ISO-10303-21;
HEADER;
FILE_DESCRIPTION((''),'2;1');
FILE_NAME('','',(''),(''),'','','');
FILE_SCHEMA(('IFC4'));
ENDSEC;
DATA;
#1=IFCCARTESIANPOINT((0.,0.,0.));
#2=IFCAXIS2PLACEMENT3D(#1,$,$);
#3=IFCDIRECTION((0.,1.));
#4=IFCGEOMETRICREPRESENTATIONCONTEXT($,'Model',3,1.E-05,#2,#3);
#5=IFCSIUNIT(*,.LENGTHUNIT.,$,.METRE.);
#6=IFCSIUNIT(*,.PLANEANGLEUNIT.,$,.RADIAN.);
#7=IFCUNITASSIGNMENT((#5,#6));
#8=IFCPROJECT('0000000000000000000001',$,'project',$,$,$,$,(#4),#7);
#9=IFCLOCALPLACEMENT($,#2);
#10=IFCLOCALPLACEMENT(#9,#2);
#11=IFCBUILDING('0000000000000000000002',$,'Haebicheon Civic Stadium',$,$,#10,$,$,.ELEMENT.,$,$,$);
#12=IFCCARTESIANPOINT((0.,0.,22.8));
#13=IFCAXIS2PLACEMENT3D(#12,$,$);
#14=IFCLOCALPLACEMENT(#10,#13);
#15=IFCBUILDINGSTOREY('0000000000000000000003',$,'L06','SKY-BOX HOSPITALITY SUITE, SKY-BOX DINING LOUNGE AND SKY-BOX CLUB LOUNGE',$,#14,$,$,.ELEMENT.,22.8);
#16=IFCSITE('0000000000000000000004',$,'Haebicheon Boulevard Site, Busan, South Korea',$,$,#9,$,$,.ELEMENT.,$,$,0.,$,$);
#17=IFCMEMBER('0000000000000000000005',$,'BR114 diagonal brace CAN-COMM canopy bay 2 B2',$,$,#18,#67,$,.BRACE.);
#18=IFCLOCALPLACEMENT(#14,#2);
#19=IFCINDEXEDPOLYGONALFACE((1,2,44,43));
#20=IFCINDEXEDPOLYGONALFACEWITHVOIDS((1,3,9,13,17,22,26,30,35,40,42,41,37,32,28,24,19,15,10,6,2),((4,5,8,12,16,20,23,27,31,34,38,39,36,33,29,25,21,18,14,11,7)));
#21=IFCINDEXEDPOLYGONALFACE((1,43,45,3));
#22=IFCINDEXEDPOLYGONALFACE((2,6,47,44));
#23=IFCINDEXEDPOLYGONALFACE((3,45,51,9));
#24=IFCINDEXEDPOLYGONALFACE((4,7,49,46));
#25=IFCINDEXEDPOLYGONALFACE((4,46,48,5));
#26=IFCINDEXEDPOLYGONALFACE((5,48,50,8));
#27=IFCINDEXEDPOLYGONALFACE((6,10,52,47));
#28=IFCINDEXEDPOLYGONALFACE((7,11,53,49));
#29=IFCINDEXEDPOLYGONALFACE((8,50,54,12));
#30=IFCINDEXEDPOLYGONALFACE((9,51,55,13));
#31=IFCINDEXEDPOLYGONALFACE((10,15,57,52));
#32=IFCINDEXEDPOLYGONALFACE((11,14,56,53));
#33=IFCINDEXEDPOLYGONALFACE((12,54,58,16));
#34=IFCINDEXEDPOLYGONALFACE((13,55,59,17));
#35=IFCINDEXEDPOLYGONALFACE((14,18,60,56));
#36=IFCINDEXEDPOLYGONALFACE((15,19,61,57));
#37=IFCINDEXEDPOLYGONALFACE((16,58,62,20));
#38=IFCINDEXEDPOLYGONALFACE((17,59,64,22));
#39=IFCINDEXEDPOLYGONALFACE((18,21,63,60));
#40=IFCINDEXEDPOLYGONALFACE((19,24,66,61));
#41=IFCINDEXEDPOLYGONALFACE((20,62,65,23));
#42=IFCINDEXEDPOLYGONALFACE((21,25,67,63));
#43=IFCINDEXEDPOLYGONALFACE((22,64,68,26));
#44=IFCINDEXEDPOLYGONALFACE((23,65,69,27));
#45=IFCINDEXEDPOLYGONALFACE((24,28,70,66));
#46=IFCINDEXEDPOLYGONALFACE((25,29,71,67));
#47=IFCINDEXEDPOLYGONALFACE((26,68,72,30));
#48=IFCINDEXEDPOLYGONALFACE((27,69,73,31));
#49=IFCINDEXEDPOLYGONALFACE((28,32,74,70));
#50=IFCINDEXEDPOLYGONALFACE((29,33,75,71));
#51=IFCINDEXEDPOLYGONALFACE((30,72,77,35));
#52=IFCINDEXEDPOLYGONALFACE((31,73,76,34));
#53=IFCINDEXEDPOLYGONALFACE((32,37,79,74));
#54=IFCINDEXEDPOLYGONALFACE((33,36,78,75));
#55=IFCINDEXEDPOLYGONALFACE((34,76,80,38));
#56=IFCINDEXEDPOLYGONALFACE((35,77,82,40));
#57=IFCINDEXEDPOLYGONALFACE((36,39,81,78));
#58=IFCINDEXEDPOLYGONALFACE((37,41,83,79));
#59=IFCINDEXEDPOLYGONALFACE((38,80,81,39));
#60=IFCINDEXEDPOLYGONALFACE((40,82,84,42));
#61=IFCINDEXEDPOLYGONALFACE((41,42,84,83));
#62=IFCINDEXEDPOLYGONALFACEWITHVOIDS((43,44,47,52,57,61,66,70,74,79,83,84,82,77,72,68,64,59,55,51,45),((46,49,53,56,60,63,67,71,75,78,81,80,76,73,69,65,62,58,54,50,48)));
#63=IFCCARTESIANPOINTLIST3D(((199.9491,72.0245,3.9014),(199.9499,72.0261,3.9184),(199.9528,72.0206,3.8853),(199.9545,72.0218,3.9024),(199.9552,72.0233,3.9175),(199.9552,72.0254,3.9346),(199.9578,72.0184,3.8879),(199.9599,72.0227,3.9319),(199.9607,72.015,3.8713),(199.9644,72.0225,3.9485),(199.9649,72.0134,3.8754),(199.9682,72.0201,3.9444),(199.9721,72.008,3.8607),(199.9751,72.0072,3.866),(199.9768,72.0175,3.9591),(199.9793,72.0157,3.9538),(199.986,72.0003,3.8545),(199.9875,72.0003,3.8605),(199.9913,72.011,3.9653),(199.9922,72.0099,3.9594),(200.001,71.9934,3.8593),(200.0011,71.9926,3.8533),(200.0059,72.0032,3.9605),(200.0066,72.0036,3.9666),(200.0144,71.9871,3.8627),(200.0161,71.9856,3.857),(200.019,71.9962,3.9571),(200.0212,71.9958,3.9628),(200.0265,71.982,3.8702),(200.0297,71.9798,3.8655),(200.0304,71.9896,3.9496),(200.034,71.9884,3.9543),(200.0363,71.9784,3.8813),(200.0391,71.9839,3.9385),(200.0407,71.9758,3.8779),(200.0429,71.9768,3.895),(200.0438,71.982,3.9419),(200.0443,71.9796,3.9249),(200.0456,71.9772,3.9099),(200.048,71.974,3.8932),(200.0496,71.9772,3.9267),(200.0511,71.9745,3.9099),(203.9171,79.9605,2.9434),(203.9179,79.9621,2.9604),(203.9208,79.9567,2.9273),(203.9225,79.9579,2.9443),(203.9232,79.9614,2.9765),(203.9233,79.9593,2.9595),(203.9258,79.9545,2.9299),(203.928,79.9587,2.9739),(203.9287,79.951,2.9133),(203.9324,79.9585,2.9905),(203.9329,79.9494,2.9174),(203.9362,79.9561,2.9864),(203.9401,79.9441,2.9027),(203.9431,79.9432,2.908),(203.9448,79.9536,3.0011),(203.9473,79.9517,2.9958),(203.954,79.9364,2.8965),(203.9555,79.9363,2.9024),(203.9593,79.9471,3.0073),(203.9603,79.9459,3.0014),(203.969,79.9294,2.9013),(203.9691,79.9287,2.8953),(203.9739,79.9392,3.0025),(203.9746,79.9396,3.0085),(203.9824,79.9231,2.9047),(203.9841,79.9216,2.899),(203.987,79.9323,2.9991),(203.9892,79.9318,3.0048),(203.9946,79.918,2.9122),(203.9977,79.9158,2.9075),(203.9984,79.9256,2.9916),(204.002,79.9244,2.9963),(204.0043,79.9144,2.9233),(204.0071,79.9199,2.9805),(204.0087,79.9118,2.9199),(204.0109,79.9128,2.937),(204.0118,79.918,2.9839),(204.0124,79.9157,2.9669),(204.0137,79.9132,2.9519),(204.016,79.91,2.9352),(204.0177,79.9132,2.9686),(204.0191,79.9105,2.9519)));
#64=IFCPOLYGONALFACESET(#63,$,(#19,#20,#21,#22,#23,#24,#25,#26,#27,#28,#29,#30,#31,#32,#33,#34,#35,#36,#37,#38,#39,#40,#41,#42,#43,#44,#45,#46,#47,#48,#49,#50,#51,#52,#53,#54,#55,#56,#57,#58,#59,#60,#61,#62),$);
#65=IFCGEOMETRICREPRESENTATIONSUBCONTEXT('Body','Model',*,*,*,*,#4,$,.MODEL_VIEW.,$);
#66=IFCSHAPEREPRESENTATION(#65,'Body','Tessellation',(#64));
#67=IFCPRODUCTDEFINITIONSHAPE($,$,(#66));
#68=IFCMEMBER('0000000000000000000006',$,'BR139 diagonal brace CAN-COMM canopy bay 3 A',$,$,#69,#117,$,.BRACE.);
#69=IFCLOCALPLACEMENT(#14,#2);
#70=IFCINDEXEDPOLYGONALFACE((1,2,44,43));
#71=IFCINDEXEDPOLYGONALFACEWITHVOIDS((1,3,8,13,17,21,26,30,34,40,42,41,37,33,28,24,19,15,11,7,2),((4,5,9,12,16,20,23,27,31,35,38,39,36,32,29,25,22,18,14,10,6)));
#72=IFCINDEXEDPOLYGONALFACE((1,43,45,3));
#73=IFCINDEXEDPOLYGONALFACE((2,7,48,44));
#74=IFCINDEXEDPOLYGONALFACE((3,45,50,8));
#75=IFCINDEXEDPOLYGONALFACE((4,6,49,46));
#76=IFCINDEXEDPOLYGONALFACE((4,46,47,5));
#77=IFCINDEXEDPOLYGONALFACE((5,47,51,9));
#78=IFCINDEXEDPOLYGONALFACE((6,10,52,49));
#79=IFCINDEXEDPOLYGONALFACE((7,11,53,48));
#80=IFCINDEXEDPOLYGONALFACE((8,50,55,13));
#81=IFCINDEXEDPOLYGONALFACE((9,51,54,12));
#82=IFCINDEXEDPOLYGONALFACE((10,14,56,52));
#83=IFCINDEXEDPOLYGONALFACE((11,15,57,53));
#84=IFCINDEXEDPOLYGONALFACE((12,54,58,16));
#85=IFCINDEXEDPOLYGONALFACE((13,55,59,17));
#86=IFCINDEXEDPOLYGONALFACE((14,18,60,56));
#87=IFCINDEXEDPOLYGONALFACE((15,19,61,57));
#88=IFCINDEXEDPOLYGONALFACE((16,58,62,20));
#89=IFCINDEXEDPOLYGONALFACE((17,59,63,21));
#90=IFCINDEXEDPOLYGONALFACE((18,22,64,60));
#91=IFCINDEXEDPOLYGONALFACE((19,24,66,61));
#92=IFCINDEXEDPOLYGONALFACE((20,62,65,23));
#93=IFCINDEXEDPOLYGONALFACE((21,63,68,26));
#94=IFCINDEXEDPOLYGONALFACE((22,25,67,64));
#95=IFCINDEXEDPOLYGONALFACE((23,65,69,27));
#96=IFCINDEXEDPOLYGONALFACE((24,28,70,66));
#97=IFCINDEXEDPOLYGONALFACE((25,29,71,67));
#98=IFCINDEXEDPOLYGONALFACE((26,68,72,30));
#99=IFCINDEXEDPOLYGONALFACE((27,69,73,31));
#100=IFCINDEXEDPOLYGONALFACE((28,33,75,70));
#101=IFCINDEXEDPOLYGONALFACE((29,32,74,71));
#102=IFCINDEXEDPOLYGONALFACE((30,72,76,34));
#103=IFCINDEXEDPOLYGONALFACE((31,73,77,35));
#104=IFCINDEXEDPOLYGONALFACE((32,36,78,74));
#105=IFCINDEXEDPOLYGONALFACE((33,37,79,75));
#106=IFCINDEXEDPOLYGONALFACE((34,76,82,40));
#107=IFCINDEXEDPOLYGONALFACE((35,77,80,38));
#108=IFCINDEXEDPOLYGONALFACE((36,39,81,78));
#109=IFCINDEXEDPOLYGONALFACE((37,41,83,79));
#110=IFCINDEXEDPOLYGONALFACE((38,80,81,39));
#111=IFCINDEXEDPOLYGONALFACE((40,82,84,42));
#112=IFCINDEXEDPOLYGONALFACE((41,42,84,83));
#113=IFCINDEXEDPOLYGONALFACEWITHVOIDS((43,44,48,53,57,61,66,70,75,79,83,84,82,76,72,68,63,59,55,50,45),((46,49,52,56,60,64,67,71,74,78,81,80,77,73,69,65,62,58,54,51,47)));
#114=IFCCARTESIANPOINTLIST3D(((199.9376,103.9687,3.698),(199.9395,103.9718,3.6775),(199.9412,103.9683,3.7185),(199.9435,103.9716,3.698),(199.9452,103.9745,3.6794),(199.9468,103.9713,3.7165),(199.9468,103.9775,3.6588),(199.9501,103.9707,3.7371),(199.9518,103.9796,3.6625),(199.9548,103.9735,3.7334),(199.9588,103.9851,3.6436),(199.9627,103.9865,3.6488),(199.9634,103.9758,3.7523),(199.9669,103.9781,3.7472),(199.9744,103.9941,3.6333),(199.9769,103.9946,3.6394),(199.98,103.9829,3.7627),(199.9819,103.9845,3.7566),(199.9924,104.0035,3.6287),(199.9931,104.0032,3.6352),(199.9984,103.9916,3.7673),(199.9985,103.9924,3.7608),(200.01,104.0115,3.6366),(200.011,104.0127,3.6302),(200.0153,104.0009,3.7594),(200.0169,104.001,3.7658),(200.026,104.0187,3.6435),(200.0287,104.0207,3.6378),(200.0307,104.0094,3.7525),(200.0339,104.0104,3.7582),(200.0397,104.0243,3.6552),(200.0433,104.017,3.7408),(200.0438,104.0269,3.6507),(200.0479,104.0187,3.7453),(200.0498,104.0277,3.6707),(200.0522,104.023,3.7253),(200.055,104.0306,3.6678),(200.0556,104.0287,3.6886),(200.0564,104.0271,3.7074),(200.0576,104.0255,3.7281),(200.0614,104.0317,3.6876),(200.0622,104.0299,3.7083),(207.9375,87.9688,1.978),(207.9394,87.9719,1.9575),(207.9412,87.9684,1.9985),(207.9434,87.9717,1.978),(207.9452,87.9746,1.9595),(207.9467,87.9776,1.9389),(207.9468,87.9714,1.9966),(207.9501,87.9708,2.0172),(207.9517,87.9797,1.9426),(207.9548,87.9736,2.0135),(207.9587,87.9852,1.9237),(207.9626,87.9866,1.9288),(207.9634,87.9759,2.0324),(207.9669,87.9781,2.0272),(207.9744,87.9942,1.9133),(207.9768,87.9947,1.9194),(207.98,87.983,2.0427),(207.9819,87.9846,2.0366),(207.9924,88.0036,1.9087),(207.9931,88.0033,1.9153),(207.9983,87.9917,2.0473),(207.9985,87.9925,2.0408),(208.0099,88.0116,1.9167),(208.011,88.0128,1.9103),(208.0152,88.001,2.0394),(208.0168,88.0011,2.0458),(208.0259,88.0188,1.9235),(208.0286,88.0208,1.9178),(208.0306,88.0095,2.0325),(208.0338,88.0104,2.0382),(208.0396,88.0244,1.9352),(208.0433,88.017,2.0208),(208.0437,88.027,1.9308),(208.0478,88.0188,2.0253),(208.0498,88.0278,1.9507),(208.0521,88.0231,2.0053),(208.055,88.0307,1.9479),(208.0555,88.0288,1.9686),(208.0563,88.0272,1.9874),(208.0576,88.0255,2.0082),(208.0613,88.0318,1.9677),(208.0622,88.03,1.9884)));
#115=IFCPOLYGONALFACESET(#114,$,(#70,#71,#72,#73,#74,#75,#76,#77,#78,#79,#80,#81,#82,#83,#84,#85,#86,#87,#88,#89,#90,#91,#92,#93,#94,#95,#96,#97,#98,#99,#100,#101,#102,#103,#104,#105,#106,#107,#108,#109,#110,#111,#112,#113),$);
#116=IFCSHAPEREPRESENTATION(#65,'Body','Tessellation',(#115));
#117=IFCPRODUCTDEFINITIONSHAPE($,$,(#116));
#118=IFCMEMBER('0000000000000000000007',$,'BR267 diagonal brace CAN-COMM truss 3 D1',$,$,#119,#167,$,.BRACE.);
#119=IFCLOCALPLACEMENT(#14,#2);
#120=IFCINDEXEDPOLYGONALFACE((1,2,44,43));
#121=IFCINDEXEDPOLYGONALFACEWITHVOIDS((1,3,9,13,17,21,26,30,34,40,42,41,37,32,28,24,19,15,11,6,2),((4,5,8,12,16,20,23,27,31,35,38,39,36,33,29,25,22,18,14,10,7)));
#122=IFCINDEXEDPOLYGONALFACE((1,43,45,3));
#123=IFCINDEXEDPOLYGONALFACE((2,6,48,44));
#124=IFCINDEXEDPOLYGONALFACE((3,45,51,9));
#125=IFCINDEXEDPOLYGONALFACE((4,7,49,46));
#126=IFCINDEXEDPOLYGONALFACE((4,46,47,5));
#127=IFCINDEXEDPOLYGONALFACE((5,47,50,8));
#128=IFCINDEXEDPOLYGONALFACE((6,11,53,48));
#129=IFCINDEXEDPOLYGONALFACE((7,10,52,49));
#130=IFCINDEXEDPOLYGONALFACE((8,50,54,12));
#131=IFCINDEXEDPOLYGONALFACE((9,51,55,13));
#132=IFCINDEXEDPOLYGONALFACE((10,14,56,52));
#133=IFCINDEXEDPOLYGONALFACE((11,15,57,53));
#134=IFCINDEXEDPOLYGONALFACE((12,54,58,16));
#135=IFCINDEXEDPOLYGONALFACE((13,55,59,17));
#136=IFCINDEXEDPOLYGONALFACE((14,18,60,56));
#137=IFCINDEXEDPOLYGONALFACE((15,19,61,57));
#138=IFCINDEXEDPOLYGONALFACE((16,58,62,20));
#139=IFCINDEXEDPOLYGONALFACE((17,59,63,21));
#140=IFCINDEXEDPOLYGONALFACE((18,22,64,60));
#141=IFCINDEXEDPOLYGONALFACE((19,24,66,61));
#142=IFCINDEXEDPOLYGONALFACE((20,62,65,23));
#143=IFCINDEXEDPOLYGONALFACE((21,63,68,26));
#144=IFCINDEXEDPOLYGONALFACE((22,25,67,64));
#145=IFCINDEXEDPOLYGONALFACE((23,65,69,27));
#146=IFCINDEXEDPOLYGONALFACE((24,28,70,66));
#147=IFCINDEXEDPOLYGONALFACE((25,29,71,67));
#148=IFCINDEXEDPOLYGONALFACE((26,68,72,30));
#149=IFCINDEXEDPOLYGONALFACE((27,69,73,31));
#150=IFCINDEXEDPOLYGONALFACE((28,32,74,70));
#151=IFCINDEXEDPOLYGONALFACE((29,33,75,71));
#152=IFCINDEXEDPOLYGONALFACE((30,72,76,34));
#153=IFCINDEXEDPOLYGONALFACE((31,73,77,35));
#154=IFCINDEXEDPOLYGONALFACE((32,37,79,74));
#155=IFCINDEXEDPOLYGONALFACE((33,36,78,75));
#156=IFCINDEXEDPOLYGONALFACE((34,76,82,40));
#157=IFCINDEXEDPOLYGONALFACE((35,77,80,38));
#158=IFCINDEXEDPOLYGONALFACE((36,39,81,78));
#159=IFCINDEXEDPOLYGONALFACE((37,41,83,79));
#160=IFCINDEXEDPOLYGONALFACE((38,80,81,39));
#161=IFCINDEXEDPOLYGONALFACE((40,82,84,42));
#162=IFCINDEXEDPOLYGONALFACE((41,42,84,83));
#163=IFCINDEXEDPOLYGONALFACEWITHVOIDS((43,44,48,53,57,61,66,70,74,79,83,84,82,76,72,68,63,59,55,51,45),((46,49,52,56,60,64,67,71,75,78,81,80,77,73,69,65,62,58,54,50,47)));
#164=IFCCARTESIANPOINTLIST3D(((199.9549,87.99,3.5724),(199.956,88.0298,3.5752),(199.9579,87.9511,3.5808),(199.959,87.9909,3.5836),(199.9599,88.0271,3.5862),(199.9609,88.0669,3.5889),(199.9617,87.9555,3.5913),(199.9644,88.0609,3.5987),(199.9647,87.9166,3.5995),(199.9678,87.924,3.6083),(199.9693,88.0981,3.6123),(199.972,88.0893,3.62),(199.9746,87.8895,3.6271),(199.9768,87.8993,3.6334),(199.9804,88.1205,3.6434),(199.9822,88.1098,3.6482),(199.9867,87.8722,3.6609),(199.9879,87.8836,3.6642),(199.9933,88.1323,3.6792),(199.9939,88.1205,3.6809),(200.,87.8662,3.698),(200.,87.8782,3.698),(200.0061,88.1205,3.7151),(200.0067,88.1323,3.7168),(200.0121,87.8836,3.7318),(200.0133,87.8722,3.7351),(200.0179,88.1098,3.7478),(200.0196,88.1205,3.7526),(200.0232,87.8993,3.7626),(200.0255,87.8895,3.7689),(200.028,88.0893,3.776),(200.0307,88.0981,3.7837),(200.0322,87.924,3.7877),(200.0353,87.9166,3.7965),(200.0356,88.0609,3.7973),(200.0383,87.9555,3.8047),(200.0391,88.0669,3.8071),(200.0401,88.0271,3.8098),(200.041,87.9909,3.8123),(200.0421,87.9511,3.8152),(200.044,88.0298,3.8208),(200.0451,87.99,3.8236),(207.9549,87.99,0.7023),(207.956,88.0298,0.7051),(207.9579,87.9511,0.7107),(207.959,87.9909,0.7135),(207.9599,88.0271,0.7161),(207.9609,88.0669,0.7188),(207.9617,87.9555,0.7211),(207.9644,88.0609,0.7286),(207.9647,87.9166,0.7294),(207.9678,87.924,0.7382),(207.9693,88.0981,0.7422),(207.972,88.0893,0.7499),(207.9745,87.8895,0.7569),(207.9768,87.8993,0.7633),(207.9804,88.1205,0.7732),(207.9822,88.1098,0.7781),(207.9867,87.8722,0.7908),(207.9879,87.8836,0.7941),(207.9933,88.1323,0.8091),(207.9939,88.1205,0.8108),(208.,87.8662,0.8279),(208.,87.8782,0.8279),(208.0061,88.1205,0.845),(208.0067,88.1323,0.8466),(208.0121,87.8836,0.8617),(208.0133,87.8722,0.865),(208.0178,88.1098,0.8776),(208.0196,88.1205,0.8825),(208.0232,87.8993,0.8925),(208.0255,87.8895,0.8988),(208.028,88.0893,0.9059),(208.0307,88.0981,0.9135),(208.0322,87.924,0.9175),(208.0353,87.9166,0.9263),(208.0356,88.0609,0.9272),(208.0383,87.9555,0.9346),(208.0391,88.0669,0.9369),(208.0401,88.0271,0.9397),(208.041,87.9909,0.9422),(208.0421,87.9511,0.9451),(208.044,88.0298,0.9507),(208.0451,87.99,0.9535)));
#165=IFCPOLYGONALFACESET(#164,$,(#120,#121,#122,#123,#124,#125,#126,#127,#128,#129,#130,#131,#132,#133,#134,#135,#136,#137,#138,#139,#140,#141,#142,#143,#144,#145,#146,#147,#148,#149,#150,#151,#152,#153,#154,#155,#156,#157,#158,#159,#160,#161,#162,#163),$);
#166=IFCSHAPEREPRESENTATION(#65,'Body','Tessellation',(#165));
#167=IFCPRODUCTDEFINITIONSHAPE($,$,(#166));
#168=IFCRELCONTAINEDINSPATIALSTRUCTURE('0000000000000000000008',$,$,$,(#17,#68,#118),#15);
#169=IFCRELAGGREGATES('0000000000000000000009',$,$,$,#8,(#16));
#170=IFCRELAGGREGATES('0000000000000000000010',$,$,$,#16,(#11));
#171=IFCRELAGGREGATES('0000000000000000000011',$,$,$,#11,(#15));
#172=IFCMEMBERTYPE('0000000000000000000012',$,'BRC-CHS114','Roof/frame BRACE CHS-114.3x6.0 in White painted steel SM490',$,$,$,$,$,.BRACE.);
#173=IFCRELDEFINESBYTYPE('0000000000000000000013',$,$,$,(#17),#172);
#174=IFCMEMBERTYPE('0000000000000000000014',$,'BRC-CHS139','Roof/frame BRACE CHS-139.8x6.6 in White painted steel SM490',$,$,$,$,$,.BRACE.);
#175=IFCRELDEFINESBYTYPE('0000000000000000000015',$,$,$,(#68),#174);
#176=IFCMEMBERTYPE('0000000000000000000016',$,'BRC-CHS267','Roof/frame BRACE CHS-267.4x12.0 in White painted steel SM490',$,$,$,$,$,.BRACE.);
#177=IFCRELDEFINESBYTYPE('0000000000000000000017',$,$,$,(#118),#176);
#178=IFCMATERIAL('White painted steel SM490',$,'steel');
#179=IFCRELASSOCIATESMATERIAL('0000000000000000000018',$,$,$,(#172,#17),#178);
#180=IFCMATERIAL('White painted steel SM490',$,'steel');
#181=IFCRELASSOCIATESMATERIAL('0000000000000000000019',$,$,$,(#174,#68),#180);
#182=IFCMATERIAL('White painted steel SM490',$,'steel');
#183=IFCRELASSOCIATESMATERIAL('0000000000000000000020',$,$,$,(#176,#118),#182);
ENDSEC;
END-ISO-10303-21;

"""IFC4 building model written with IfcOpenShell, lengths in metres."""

from ifc_helpers import new_model, si_unit, direction, frame, origin, origin_2d, place, context, subcontext, project, spatial, hollow_circle, extrude, material, material_profile, profile_set, type_object, element, save


model = new_model("IFC4")

# Units and contexts
model_context = context("Model", 3, precision=1e-05, world=origin(), true_north=direction((0.0, 1.0)))
body_context = subcontext(model_context, "Body", "Model", "MODEL_VIEW")
ifc_project = project(units=[si_unit("LENGTHUNIT", "METRE"), si_unit("PLANEANGLEUNIT", "RADIAN")], contexts=[model_context])

# Site, building, storey
site_placement = place(None, origin())
site = spatial("IfcSite", under=ifc_project, at=site_placement, Name="Haebicheon Boulevard Site, Busan, South Korea", CompositionType="ELEMENT", RefElevation=0.0)
building_placement = place(site_placement, origin())
building = spatial("IfcBuilding", under=site, at=building_placement, Name="Haebicheon Civic Stadium", CompositionType="ELEMENT")
storey_placement = place(building_placement, frame((0.0, 0.0, 22.8)))
storey = spatial("IfcBuildingStorey", under=building, at=storey_placement, Name="L06", Description="SKY-BOX HOSPITALITY SUITE, SKY-BOX DINING LOUNGE AND SKY-BOX CLUB LOUNGE", CompositionType="ELEMENT", Elevation=22.8)

# Members
ifc_material_1 = material(Name="White painted steel SM490", Category="steel")
ifc_material_profile_1 = material_profile(ifc_material_1, hollow_circle(Radius=0.0571, WallThickness=0.0061, at=origin_2d()), Name="CHS-114.3x6.0")
ifc_profile_set_1 = profile_set([ifc_material_profile_1], Name="White painted steel SM490")
member_type_1 = type_object("IfcMemberType", Name="BRC-CHS114", Description="Roof/frame BRACE CHS-114.3x6.0 in White painted steel SM490", PredefinedType="BRACE", material=ifc_profile_set_1)
for number, where, z_axis, x_axis, name in (
    (1, (203.968, 79.936, 2.9519), (-0.444629, -0.889259, 0.107348), (0.894427, -0.447214, 0.0), "BR114 diagonal brace CAN-COMM canopy bay 2 B2"),
):
    element("IfcMember", number, at=place(storey_placement, frame(where, z_axis=z_axis, x_axis=x_axis)), inside=storey, type_object=member_type_1, material=ifc_profile_set_1, Name=name, PredefinedType="BRACE", context=body_context, shape_type="SweptSolid", body=[
        extrude(hollow_circle(Radius=0.0571, WallThickness=0.0061, at=origin_2d()), origin(), (0.0, 0.0, 1.0), 8.9243),
    ])
ifc_material_2 = material(Name="White painted steel SM490", Category="steel")
ifc_material_profile_2 = material_profile(ifc_material_2, hollow_circle(Radius=0.0698, WallThickness=0.0066, at=origin_2d()), Name="CHS-139.8x6.6")
ifc_profile_set_2 = profile_set([ifc_material_profile_2], Name="White painted steel SM490")
member_type_2 = type_object("IfcMemberType", Name="BRC-CHS139", Description="Roof/frame BRACE CHS-139.8x6.6 in White painted steel SM490", PredefinedType="BRACE", material=ifc_profile_set_2)
member_1_placement = place(storey_placement, frame((208.0, 88.0, 1.978), z_axis=(-0.445161, 0.890321, 0.095708), x_axis=(-0.894427, -0.447214, 0.0)))
element("IfcMember", 2, at=member_1_placement, inside=storey, type_object=member_type_2, material=ifc_profile_set_2, Name="BR139 diagonal brace CAN-COMM canopy bay 3 A", PredefinedType="BRACE", context=body_context, shape_type="SweptSolid", body=[
    extrude(hollow_circle(Radius=0.0698, WallThickness=0.0066, at=origin_2d()), origin(), (0.0, 0.0, 1.0), 17.9709),
])
ifc_material_3 = material(Name="White painted steel SM490", Category="steel")
ifc_material_profile_3 = material_profile(ifc_material_3, hollow_circle(Radius=0.1338, WallThickness=0.012, at=origin_2d()), Name="CHS-267.4x12.0")
ifc_profile_set_3 = profile_set([ifc_material_profile_3], Name="White painted steel SM490")
member_type_3 = type_object("IfcMemberType", Name="BRC-CHS267", Description="Roof/frame BRACE CHS-267.4x12.0 in White painted steel SM490", PredefinedType="BRACE", material=ifc_profile_set_3)
for number, where, z_axis, x_axis, name in (
    (3, (208.0, 88.0, 0.8279), (-0.941257, 0.0, 0.33769), (0.0, -1.0, 0.0), "BR267 diagonal brace CAN-COMM truss 3 D1"),
):
    element("IfcMember", number, at=place(storey_placement, frame(where, z_axis=z_axis, x_axis=x_axis)), inside=storey, type_object=member_type_3, material=ifc_profile_set_3, Name=name, PredefinedType="BRACE", context=body_context, shape_type="SweptSolid", body=[
        extrude(hollow_circle(Radius=0.1338, WallThickness=0.012, at=origin_2d()), origin(), (0.0, 0.0, 1.0), 8.4993),
    ])

save(model, "model.ifc")
